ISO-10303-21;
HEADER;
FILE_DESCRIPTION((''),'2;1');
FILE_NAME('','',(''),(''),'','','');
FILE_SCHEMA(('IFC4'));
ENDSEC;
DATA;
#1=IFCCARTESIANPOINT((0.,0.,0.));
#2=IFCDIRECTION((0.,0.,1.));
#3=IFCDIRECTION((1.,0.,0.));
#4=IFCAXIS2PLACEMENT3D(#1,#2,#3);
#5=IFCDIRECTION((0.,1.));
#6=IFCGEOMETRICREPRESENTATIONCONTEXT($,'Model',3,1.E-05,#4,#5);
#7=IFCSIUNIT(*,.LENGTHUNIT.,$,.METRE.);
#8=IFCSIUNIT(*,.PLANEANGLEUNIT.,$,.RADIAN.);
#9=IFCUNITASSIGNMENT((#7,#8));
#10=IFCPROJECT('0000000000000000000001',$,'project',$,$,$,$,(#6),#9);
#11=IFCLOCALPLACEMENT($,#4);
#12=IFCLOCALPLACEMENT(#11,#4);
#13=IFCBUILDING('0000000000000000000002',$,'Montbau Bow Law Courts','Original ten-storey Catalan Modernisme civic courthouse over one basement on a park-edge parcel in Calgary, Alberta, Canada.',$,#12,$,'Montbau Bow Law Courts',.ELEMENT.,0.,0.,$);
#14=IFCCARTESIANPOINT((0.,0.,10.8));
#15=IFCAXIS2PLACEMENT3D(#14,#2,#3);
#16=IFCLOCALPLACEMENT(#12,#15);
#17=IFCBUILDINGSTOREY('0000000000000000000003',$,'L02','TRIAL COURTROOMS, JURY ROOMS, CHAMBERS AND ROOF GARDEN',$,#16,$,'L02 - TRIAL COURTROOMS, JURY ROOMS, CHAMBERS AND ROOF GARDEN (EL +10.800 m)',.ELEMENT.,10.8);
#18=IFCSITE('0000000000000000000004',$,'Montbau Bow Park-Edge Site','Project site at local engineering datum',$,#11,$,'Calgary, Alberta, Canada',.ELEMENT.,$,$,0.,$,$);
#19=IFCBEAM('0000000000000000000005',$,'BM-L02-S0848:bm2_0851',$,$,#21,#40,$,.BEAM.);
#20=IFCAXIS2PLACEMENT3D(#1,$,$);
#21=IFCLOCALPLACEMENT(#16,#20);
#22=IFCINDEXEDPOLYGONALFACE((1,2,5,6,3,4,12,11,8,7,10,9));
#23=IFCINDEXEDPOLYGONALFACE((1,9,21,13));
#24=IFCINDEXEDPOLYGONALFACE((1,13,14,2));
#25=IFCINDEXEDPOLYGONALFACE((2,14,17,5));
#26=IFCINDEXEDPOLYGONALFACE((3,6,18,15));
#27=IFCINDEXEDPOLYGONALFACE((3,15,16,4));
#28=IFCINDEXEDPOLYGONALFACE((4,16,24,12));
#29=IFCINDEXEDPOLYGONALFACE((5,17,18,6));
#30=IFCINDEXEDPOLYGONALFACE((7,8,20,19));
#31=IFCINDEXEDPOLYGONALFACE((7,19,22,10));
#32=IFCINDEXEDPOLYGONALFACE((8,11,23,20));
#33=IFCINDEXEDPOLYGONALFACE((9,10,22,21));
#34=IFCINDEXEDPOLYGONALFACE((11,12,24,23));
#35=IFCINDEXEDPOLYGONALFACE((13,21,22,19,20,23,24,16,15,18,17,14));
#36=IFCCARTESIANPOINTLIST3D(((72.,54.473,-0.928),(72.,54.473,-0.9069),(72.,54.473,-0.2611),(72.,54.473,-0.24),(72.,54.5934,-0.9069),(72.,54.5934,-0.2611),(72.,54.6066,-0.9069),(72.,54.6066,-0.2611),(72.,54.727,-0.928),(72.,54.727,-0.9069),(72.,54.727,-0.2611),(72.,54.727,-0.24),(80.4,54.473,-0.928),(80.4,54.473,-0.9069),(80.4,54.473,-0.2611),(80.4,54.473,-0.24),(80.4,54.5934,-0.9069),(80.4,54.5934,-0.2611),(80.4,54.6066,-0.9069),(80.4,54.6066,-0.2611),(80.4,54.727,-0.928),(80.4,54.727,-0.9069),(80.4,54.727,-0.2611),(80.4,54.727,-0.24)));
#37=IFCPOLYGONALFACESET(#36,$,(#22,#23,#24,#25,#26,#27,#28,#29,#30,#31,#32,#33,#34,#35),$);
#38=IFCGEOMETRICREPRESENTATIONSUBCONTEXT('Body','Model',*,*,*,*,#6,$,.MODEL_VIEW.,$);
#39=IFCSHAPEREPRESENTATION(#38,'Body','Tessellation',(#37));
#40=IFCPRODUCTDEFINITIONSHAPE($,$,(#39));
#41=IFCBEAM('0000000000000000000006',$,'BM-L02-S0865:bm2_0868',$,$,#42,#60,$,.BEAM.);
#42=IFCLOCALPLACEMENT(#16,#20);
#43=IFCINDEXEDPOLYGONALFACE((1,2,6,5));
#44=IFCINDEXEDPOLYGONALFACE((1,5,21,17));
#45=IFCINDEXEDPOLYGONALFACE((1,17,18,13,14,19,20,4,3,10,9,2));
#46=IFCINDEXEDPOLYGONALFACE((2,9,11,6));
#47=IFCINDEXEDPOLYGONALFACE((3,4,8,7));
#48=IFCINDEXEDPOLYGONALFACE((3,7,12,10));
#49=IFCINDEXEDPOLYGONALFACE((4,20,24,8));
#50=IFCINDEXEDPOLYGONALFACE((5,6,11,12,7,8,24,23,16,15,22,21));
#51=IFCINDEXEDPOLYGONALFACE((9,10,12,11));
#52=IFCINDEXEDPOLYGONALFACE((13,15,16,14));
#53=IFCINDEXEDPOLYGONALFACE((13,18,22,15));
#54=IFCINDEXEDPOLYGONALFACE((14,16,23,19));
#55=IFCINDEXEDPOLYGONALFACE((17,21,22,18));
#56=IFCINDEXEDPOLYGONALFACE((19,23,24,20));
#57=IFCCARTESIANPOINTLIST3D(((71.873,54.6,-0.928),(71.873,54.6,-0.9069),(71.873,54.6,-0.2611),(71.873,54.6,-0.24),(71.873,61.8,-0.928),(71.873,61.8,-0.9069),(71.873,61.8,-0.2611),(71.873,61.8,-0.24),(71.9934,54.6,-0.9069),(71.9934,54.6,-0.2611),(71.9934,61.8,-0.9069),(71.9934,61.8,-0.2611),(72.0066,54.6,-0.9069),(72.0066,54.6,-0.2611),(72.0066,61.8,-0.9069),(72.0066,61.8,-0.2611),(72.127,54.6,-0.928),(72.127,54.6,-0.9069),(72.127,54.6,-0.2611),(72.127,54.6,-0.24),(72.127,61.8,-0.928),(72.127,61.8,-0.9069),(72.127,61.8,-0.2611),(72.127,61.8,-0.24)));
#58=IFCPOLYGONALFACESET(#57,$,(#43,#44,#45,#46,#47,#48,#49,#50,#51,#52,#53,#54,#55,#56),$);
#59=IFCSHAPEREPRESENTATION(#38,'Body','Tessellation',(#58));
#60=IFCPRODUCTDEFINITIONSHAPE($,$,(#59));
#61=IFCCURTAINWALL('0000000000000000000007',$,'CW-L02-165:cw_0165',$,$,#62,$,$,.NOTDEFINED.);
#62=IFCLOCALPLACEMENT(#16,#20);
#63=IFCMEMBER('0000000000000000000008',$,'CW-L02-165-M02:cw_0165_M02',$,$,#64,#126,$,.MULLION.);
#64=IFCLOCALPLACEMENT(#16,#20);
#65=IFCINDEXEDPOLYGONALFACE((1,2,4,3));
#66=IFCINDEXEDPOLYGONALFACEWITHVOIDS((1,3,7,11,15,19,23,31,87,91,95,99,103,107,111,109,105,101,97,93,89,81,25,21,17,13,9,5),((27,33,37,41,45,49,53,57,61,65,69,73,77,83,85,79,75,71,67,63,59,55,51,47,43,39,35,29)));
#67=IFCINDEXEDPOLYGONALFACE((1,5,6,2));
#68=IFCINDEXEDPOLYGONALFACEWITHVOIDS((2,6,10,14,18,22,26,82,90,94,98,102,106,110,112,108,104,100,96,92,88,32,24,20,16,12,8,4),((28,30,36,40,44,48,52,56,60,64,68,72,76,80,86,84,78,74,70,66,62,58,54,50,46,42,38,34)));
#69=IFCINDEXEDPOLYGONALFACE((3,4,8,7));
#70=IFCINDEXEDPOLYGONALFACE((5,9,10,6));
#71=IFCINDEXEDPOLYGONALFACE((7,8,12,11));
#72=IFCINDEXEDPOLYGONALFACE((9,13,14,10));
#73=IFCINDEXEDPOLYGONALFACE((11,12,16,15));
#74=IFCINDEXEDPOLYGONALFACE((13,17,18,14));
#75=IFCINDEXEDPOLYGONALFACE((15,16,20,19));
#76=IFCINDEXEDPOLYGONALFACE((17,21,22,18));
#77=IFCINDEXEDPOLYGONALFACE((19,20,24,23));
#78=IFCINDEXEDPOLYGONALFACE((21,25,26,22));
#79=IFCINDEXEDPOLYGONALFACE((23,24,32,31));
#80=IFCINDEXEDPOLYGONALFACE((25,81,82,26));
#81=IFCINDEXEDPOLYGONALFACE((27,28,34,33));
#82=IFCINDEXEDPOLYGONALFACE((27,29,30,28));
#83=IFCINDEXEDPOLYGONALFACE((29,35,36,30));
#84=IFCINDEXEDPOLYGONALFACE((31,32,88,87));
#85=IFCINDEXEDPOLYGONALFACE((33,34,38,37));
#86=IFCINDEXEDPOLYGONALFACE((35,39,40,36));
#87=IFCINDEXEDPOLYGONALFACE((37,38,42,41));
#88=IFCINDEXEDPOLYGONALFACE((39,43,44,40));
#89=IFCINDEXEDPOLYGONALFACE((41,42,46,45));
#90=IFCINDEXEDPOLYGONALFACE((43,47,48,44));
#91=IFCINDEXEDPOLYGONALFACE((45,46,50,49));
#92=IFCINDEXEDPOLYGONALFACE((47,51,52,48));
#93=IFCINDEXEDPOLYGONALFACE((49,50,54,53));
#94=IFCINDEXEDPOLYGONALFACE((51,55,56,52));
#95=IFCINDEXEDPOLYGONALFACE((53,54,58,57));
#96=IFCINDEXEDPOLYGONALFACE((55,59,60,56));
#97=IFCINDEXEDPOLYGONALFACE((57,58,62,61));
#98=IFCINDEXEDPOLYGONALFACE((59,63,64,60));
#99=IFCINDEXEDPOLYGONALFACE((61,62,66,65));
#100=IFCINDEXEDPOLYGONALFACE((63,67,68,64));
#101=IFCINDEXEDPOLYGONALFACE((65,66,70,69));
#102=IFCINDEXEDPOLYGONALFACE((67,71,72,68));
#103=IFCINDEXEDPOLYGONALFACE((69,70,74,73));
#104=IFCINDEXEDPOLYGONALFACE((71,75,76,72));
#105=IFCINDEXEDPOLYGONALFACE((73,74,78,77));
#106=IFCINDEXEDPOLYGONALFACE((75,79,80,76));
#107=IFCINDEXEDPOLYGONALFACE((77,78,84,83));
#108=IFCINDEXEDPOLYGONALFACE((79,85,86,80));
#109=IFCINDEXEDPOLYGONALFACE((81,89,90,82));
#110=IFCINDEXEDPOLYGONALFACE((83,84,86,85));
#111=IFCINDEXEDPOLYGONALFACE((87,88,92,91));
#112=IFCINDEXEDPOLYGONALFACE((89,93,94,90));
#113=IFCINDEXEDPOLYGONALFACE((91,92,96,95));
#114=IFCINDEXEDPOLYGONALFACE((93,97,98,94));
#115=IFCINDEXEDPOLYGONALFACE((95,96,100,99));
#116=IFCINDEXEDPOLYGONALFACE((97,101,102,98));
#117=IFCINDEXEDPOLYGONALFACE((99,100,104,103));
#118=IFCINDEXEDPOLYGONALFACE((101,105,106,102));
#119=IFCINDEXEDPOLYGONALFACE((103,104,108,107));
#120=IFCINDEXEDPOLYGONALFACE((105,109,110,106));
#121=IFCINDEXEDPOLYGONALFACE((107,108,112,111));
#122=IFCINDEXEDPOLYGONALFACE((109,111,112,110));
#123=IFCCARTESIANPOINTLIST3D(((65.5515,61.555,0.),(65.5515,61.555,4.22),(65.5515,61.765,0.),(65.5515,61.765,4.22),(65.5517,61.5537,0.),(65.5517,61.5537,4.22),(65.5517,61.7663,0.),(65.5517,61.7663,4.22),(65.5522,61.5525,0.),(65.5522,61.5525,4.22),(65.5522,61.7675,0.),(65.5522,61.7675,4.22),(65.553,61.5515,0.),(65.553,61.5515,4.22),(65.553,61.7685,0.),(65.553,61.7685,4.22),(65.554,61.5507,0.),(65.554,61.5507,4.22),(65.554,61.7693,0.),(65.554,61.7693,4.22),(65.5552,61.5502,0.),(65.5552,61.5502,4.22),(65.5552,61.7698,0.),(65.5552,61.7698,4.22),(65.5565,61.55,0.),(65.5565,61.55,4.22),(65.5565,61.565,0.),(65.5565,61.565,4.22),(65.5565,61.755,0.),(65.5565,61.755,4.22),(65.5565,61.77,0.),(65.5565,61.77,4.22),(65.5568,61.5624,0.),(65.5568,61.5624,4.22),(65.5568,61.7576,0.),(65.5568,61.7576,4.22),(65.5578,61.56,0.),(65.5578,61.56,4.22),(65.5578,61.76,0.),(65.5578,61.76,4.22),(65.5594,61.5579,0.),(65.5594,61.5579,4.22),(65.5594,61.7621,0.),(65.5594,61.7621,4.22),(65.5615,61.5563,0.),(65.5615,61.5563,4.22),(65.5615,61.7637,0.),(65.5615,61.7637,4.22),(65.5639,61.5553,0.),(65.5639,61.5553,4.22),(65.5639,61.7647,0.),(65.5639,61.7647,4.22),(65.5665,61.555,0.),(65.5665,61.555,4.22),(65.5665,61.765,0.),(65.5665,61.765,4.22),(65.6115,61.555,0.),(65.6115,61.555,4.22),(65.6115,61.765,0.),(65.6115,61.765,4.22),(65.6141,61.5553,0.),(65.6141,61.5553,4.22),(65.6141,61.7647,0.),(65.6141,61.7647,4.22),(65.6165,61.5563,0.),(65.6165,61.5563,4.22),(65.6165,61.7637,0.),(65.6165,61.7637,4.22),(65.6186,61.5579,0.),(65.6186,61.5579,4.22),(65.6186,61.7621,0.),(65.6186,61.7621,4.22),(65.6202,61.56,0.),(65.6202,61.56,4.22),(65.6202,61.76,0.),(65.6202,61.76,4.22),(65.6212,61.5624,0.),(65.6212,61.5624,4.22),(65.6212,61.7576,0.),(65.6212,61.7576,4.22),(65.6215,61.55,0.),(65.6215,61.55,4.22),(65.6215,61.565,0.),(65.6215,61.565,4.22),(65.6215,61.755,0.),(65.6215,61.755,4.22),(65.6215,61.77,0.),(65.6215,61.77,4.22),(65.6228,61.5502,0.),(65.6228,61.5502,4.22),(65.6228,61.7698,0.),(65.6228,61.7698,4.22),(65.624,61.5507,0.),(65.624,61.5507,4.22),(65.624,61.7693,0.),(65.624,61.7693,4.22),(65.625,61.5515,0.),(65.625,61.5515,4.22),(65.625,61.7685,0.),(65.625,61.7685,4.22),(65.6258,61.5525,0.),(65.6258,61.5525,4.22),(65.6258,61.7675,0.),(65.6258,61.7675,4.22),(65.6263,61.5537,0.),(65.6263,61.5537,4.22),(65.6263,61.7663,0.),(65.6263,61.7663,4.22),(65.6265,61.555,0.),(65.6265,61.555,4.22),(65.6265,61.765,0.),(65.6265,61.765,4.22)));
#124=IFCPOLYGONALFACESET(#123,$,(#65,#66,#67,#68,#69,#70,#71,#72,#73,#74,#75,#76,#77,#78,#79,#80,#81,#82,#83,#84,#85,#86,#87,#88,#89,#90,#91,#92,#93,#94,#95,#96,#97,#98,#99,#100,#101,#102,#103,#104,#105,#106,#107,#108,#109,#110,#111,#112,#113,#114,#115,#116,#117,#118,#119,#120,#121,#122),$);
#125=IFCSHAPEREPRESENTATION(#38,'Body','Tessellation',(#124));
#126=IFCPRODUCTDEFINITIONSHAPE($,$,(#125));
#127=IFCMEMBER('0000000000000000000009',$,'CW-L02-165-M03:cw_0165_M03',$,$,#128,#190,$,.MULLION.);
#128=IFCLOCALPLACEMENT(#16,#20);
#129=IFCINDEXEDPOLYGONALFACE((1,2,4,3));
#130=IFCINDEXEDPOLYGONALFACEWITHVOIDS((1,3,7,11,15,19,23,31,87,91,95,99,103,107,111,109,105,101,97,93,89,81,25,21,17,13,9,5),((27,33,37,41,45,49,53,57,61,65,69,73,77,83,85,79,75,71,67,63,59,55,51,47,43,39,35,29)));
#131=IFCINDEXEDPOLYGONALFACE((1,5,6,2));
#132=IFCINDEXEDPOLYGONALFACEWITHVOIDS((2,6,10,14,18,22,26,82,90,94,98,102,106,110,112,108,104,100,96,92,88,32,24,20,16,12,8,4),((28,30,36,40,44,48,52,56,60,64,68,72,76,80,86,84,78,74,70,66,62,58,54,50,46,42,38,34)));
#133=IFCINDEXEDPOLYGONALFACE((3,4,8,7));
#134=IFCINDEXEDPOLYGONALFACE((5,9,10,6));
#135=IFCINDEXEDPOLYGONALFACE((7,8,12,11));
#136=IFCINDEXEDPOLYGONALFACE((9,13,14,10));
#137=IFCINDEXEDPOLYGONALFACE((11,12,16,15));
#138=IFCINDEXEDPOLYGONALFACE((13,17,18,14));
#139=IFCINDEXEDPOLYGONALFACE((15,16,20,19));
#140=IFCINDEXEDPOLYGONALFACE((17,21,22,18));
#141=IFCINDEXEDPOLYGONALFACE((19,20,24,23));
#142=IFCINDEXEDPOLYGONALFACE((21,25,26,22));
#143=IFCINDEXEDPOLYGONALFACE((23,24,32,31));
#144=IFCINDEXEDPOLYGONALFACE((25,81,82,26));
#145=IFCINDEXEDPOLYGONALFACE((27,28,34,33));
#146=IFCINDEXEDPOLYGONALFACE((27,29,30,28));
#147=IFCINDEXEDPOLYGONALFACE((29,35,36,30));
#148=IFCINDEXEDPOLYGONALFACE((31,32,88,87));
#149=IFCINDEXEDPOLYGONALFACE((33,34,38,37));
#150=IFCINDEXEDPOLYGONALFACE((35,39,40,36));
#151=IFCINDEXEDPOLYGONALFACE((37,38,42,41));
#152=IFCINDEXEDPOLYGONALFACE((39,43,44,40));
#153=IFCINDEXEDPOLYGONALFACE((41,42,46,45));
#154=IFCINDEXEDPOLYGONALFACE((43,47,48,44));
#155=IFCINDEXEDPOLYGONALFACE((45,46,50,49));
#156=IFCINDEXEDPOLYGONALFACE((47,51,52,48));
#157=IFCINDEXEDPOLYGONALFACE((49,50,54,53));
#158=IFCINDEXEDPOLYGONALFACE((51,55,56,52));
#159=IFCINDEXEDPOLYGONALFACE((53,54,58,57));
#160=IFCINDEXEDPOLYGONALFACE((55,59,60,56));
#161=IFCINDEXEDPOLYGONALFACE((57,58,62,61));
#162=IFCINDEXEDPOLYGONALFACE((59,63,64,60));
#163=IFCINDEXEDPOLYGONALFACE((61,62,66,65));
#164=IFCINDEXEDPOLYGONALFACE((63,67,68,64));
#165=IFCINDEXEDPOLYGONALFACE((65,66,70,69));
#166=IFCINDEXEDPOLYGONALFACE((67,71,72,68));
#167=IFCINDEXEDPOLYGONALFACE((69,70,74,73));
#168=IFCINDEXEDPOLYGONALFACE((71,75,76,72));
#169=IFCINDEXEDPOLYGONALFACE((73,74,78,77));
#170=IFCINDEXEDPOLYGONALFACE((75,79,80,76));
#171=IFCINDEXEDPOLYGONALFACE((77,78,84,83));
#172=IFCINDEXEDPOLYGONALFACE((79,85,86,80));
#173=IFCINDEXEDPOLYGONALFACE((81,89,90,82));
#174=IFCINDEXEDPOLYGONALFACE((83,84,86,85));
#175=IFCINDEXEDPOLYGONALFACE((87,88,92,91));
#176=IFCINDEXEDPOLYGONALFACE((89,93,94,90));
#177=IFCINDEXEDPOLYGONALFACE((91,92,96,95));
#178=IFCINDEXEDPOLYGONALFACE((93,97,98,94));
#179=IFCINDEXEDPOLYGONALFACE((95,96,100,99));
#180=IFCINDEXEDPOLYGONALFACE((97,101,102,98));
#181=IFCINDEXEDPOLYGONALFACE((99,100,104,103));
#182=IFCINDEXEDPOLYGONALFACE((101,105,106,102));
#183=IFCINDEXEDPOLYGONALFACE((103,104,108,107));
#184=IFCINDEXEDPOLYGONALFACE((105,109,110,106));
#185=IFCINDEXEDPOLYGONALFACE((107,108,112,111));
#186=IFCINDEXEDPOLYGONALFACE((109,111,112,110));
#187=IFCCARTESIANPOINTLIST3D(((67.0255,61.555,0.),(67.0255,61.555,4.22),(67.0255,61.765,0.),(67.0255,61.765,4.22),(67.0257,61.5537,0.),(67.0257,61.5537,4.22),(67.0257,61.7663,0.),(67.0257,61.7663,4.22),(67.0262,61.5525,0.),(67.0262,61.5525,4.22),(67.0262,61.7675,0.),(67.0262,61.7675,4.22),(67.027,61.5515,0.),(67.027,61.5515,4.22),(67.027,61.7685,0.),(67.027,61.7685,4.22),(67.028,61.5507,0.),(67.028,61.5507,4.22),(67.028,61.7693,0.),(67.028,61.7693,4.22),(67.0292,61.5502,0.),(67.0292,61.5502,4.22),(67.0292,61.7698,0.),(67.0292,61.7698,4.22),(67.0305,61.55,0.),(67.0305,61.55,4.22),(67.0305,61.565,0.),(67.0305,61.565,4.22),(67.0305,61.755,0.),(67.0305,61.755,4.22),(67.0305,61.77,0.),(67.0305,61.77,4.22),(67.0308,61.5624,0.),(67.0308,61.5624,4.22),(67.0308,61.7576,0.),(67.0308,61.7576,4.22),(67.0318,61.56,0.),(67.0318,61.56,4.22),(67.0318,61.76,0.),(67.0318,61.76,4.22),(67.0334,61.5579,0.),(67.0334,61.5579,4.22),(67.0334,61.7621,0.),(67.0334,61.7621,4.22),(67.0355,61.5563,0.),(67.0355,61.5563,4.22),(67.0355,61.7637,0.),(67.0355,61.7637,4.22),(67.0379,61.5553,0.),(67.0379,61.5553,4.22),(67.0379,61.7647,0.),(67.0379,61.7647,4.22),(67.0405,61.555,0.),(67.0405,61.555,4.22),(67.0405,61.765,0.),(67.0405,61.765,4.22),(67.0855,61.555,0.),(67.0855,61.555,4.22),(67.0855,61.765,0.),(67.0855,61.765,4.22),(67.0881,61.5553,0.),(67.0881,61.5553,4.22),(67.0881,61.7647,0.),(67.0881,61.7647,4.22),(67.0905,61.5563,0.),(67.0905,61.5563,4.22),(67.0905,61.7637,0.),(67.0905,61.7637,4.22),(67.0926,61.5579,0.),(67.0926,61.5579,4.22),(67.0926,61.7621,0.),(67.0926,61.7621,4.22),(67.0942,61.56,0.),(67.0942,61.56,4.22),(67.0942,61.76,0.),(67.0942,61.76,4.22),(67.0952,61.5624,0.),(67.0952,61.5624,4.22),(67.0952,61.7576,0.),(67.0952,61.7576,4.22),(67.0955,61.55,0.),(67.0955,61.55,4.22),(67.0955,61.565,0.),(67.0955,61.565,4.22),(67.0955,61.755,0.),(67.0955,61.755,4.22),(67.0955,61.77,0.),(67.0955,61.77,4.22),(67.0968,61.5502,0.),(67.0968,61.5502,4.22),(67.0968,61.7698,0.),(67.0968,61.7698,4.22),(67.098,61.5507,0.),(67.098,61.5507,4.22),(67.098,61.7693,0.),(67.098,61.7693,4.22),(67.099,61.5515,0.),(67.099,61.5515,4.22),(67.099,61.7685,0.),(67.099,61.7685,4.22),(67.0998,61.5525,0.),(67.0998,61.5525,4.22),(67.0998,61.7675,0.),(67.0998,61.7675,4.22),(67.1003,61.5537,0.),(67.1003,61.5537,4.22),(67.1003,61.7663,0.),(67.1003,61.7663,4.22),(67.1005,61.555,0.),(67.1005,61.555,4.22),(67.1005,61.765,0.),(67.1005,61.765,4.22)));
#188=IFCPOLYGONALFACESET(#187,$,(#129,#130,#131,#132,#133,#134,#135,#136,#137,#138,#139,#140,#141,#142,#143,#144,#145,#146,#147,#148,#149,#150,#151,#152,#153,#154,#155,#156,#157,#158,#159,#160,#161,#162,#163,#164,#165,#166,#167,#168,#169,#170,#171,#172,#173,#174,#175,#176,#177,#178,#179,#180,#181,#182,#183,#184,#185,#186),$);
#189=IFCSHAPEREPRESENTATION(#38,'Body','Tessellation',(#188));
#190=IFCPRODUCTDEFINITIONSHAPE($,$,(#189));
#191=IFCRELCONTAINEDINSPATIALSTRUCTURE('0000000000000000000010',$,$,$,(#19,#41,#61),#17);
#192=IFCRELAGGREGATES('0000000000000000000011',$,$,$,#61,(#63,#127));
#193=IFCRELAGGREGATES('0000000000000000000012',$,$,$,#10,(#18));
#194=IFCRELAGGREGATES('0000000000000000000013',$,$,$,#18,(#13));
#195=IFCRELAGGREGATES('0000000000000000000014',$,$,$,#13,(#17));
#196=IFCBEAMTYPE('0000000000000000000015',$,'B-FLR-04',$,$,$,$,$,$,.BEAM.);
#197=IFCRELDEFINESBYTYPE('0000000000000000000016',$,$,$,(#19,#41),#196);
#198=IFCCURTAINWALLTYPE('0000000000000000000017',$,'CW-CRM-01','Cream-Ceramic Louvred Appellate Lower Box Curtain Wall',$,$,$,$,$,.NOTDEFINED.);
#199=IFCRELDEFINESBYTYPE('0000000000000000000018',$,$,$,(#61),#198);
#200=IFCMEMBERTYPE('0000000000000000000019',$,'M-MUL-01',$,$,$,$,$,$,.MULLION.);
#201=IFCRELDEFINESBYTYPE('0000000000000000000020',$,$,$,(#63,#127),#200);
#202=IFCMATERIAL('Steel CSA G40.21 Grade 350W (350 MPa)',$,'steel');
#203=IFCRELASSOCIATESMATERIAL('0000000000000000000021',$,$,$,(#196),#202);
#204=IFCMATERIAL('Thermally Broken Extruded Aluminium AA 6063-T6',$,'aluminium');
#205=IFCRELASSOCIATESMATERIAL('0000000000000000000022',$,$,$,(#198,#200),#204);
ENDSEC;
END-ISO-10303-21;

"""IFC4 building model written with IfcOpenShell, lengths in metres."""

from ifc_helpers import new_model, si_unit, direction, frame, origin_with_axes, origin_2d_with_axis, place, context, subcontext, project, spatial, hollow_rectangle, i_section, extrude, material, material_profile, profile_set, type_object, element, aggregate, save


model = new_model("IFC4")

# Units and contexts
model_context = context("Model", 3, precision=1e-05, world=origin_with_axes(), true_north=direction((0.0, 1.0)))
body_context = subcontext(model_context, "Body", "Model", "MODEL_VIEW")
ifc_project = project(units=[si_unit("LENGTHUNIT", "METRE"), si_unit("PLANEANGLEUNIT", "RADIAN")], contexts=[model_context])

# Site, building, storey
site_placement = place(None, origin_with_axes())
site = spatial("IfcSite", under=ifc_project, at=site_placement, Name="Montbau Bow Park-Edge Site", Description="Project site at local engineering datum", LongName="Calgary, Alberta, Canada", CompositionType="ELEMENT", RefElevation=0.0)
building_placement = place(site_placement, origin_with_axes())
building = spatial("IfcBuilding", under=site, at=building_placement, Name="Montbau Bow Law Courts", Description="Original ten-storey Catalan Modernisme civic courthouse over one basement on a park-edge parcel in Calgary, Alberta, Canada.", LongName="Montbau Bow Law Courts", CompositionType="ELEMENT", ElevationOfRefHeight=0.0, ElevationOfTerrain=0.0)
storey_placement = place(building_placement, frame((0.0, 0.0, 10.8), z_axis=(0.0, 0.0, 1.0), x_axis=(1.0, 0.0, 0.0)))
storey = spatial("IfcBuildingStorey", under=building, at=storey_placement, Name="L02", Description="TRIAL COURTROOMS, JURY ROOMS, CHAMBERS AND ROOF GARDEN", LongName="L02 - TRIAL COURTROOMS, JURY ROOMS, CHAMBERS AND ROOF GARDEN (EL +10.800 m)", CompositionType="ELEMENT", Elevation=10.8)

# Beams
ifc_material_1 = material(Name="Steel CSA G40.21 Grade 350W (350 MPa)", Category="steel")
ifc_material_profile_1 = material_profile(ifc_material_1, i_section(OverallWidth=0.254, OverallDepth=0.688, WebThickness=0.0131, FlangeThickness=0.0211, at=origin_2d_with_axis()), Name="W690X152", Category="Main", Priority=0)
ifc_profile_set_1 = profile_set([ifc_material_profile_1], Name="Steel CSA G40.21 Grade 350W (350 MPa)")
beam_type = type_object("IfcBeamType", Name="B-FLR-04", PredefinedType="BEAM", material=ifc_profile_set_1)
beam_1_placement = place(None, frame((72.0, 54.6, 10.216), z_axis=(1.0, 0.0, 0.0), x_axis=(0.0, 1.0, 0.0)))
element("IfcBeam", 1, at=beam_1_placement, inside=storey, type_object=beam_type, Name="BM-L02-S0848:bm2_0851", PredefinedType="BEAM", context=body_context, shape_type="SweptSolid", body=[
    extrude(i_section(OverallWidth=0.254, OverallDepth=0.688, WebThickness=0.0131, FlangeThickness=0.0211, at=origin_2d_with_axis()), origin_with_axes(), (0.0, 0.0, 1.0), 8.4),
])
beam_2_placement = place(None, frame((72.0, 54.6, 10.216), z_axis=(0.0, 1.0, 0.0), x_axis=(-1.0, 0.0, 0.0)))
element("IfcBeam", 2, at=beam_2_placement, inside=storey, type_object=beam_type, Name="BM-L02-S0865:bm2_0868", PredefinedType="BEAM", context=body_context, shape_type="SweptSolid", body=[
    extrude(i_section(OverallWidth=0.254, OverallDepth=0.688, WebThickness=0.0131, FlangeThickness=0.0211, at=origin_2d_with_axis()), origin_with_axes(), (0.0, 0.0, 1.0), 7.2),
])

# Curtain wall, members
ifc_material_2 = material(Name="Thermally Broken Extruded Aluminium AA 6063-T6", Category="aluminium")
curtain_wall_type = type_object("IfcCurtainWallType", Name="CW-CRM-01", Description="Cream-Ceramic Louvred Appellate Lower Box Curtain Wall", PredefinedType="NOTDEFINED", material=ifc_material_2)
curtain_wall_placement = place(None, frame((64.115, 61.66, 10.8), z_axis=(0.0, 0.0, 1.0), x_axis=(1.0, 0.0, 0.0)))
curtain_wall = element("IfcCurtainWall", 3, at=curtain_wall_placement, inside=storey, type_object=curtain_wall_type, Name="CW-L02-165:cw_0165", PredefinedType="NOTDEFINED")
ifc_material_profile_2 = material_profile(ifc_material_2, hollow_rectangle(XDim=0.075, YDim=0.22, WallThickness=0.005, InnerFilletRadius=0.01, OuterFilletRadius=0.005, at=origin_2d_with_axis()), Name="CWM-220X75", Category="Main", Priority=0)
ifc_profile_set_2 = profile_set([ifc_material_profile_2], Name="Thermally Broken Extruded Aluminium AA 6063-T6")
member_type_1 = type_object("IfcMemberType", Name="M-MUL-01", PredefinedType="MULLION", material=ifc_profile_set_2)
member_1_placement = place(None, frame((65.589, 61.66, 10.8), z_axis=(0.0, 0.0, 1.0), x_axis=(1.0, 0.0, 0.0)))
member_1 = element("IfcMember", 4, at=member_1_placement, type_object=member_type_1, Name="CW-L02-165-M02:cw_0165_M02", PredefinedType="MULLION", context=body_context, shape_type="SweptSolid", body=[
    extrude(hollow_rectangle(XDim=0.075, YDim=0.22, WallThickness=0.005, InnerFilletRadius=0.01, OuterFilletRadius=0.005, at=origin_2d_with_axis()), origin_with_axes(), (0.0, 0.0, 1.0), 4.22),
])
member_2_placement = place(None, frame((67.063, 61.66, 10.8), z_axis=(0.0, 0.0, 1.0), x_axis=(1.0, 0.0, 0.0)))
member_2 = element("IfcMember", 5, at=member_2_placement, type_object=member_type_1, Name="CW-L02-165-M03:cw_0165_M03", PredefinedType="MULLION", context=body_context, shape_type="SweptSolid", body=[
    extrude(hollow_rectangle(XDim=0.075, YDim=0.22, WallThickness=0.005, InnerFilletRadius=0.01, OuterFilletRadius=0.005, at=origin_2d_with_axis()), origin_with_axes(), (0.0, 0.0, 1.0), 4.22),
])
aggregate(curtain_wall, [member_1, member_2])

save(model, "model.ifc")
